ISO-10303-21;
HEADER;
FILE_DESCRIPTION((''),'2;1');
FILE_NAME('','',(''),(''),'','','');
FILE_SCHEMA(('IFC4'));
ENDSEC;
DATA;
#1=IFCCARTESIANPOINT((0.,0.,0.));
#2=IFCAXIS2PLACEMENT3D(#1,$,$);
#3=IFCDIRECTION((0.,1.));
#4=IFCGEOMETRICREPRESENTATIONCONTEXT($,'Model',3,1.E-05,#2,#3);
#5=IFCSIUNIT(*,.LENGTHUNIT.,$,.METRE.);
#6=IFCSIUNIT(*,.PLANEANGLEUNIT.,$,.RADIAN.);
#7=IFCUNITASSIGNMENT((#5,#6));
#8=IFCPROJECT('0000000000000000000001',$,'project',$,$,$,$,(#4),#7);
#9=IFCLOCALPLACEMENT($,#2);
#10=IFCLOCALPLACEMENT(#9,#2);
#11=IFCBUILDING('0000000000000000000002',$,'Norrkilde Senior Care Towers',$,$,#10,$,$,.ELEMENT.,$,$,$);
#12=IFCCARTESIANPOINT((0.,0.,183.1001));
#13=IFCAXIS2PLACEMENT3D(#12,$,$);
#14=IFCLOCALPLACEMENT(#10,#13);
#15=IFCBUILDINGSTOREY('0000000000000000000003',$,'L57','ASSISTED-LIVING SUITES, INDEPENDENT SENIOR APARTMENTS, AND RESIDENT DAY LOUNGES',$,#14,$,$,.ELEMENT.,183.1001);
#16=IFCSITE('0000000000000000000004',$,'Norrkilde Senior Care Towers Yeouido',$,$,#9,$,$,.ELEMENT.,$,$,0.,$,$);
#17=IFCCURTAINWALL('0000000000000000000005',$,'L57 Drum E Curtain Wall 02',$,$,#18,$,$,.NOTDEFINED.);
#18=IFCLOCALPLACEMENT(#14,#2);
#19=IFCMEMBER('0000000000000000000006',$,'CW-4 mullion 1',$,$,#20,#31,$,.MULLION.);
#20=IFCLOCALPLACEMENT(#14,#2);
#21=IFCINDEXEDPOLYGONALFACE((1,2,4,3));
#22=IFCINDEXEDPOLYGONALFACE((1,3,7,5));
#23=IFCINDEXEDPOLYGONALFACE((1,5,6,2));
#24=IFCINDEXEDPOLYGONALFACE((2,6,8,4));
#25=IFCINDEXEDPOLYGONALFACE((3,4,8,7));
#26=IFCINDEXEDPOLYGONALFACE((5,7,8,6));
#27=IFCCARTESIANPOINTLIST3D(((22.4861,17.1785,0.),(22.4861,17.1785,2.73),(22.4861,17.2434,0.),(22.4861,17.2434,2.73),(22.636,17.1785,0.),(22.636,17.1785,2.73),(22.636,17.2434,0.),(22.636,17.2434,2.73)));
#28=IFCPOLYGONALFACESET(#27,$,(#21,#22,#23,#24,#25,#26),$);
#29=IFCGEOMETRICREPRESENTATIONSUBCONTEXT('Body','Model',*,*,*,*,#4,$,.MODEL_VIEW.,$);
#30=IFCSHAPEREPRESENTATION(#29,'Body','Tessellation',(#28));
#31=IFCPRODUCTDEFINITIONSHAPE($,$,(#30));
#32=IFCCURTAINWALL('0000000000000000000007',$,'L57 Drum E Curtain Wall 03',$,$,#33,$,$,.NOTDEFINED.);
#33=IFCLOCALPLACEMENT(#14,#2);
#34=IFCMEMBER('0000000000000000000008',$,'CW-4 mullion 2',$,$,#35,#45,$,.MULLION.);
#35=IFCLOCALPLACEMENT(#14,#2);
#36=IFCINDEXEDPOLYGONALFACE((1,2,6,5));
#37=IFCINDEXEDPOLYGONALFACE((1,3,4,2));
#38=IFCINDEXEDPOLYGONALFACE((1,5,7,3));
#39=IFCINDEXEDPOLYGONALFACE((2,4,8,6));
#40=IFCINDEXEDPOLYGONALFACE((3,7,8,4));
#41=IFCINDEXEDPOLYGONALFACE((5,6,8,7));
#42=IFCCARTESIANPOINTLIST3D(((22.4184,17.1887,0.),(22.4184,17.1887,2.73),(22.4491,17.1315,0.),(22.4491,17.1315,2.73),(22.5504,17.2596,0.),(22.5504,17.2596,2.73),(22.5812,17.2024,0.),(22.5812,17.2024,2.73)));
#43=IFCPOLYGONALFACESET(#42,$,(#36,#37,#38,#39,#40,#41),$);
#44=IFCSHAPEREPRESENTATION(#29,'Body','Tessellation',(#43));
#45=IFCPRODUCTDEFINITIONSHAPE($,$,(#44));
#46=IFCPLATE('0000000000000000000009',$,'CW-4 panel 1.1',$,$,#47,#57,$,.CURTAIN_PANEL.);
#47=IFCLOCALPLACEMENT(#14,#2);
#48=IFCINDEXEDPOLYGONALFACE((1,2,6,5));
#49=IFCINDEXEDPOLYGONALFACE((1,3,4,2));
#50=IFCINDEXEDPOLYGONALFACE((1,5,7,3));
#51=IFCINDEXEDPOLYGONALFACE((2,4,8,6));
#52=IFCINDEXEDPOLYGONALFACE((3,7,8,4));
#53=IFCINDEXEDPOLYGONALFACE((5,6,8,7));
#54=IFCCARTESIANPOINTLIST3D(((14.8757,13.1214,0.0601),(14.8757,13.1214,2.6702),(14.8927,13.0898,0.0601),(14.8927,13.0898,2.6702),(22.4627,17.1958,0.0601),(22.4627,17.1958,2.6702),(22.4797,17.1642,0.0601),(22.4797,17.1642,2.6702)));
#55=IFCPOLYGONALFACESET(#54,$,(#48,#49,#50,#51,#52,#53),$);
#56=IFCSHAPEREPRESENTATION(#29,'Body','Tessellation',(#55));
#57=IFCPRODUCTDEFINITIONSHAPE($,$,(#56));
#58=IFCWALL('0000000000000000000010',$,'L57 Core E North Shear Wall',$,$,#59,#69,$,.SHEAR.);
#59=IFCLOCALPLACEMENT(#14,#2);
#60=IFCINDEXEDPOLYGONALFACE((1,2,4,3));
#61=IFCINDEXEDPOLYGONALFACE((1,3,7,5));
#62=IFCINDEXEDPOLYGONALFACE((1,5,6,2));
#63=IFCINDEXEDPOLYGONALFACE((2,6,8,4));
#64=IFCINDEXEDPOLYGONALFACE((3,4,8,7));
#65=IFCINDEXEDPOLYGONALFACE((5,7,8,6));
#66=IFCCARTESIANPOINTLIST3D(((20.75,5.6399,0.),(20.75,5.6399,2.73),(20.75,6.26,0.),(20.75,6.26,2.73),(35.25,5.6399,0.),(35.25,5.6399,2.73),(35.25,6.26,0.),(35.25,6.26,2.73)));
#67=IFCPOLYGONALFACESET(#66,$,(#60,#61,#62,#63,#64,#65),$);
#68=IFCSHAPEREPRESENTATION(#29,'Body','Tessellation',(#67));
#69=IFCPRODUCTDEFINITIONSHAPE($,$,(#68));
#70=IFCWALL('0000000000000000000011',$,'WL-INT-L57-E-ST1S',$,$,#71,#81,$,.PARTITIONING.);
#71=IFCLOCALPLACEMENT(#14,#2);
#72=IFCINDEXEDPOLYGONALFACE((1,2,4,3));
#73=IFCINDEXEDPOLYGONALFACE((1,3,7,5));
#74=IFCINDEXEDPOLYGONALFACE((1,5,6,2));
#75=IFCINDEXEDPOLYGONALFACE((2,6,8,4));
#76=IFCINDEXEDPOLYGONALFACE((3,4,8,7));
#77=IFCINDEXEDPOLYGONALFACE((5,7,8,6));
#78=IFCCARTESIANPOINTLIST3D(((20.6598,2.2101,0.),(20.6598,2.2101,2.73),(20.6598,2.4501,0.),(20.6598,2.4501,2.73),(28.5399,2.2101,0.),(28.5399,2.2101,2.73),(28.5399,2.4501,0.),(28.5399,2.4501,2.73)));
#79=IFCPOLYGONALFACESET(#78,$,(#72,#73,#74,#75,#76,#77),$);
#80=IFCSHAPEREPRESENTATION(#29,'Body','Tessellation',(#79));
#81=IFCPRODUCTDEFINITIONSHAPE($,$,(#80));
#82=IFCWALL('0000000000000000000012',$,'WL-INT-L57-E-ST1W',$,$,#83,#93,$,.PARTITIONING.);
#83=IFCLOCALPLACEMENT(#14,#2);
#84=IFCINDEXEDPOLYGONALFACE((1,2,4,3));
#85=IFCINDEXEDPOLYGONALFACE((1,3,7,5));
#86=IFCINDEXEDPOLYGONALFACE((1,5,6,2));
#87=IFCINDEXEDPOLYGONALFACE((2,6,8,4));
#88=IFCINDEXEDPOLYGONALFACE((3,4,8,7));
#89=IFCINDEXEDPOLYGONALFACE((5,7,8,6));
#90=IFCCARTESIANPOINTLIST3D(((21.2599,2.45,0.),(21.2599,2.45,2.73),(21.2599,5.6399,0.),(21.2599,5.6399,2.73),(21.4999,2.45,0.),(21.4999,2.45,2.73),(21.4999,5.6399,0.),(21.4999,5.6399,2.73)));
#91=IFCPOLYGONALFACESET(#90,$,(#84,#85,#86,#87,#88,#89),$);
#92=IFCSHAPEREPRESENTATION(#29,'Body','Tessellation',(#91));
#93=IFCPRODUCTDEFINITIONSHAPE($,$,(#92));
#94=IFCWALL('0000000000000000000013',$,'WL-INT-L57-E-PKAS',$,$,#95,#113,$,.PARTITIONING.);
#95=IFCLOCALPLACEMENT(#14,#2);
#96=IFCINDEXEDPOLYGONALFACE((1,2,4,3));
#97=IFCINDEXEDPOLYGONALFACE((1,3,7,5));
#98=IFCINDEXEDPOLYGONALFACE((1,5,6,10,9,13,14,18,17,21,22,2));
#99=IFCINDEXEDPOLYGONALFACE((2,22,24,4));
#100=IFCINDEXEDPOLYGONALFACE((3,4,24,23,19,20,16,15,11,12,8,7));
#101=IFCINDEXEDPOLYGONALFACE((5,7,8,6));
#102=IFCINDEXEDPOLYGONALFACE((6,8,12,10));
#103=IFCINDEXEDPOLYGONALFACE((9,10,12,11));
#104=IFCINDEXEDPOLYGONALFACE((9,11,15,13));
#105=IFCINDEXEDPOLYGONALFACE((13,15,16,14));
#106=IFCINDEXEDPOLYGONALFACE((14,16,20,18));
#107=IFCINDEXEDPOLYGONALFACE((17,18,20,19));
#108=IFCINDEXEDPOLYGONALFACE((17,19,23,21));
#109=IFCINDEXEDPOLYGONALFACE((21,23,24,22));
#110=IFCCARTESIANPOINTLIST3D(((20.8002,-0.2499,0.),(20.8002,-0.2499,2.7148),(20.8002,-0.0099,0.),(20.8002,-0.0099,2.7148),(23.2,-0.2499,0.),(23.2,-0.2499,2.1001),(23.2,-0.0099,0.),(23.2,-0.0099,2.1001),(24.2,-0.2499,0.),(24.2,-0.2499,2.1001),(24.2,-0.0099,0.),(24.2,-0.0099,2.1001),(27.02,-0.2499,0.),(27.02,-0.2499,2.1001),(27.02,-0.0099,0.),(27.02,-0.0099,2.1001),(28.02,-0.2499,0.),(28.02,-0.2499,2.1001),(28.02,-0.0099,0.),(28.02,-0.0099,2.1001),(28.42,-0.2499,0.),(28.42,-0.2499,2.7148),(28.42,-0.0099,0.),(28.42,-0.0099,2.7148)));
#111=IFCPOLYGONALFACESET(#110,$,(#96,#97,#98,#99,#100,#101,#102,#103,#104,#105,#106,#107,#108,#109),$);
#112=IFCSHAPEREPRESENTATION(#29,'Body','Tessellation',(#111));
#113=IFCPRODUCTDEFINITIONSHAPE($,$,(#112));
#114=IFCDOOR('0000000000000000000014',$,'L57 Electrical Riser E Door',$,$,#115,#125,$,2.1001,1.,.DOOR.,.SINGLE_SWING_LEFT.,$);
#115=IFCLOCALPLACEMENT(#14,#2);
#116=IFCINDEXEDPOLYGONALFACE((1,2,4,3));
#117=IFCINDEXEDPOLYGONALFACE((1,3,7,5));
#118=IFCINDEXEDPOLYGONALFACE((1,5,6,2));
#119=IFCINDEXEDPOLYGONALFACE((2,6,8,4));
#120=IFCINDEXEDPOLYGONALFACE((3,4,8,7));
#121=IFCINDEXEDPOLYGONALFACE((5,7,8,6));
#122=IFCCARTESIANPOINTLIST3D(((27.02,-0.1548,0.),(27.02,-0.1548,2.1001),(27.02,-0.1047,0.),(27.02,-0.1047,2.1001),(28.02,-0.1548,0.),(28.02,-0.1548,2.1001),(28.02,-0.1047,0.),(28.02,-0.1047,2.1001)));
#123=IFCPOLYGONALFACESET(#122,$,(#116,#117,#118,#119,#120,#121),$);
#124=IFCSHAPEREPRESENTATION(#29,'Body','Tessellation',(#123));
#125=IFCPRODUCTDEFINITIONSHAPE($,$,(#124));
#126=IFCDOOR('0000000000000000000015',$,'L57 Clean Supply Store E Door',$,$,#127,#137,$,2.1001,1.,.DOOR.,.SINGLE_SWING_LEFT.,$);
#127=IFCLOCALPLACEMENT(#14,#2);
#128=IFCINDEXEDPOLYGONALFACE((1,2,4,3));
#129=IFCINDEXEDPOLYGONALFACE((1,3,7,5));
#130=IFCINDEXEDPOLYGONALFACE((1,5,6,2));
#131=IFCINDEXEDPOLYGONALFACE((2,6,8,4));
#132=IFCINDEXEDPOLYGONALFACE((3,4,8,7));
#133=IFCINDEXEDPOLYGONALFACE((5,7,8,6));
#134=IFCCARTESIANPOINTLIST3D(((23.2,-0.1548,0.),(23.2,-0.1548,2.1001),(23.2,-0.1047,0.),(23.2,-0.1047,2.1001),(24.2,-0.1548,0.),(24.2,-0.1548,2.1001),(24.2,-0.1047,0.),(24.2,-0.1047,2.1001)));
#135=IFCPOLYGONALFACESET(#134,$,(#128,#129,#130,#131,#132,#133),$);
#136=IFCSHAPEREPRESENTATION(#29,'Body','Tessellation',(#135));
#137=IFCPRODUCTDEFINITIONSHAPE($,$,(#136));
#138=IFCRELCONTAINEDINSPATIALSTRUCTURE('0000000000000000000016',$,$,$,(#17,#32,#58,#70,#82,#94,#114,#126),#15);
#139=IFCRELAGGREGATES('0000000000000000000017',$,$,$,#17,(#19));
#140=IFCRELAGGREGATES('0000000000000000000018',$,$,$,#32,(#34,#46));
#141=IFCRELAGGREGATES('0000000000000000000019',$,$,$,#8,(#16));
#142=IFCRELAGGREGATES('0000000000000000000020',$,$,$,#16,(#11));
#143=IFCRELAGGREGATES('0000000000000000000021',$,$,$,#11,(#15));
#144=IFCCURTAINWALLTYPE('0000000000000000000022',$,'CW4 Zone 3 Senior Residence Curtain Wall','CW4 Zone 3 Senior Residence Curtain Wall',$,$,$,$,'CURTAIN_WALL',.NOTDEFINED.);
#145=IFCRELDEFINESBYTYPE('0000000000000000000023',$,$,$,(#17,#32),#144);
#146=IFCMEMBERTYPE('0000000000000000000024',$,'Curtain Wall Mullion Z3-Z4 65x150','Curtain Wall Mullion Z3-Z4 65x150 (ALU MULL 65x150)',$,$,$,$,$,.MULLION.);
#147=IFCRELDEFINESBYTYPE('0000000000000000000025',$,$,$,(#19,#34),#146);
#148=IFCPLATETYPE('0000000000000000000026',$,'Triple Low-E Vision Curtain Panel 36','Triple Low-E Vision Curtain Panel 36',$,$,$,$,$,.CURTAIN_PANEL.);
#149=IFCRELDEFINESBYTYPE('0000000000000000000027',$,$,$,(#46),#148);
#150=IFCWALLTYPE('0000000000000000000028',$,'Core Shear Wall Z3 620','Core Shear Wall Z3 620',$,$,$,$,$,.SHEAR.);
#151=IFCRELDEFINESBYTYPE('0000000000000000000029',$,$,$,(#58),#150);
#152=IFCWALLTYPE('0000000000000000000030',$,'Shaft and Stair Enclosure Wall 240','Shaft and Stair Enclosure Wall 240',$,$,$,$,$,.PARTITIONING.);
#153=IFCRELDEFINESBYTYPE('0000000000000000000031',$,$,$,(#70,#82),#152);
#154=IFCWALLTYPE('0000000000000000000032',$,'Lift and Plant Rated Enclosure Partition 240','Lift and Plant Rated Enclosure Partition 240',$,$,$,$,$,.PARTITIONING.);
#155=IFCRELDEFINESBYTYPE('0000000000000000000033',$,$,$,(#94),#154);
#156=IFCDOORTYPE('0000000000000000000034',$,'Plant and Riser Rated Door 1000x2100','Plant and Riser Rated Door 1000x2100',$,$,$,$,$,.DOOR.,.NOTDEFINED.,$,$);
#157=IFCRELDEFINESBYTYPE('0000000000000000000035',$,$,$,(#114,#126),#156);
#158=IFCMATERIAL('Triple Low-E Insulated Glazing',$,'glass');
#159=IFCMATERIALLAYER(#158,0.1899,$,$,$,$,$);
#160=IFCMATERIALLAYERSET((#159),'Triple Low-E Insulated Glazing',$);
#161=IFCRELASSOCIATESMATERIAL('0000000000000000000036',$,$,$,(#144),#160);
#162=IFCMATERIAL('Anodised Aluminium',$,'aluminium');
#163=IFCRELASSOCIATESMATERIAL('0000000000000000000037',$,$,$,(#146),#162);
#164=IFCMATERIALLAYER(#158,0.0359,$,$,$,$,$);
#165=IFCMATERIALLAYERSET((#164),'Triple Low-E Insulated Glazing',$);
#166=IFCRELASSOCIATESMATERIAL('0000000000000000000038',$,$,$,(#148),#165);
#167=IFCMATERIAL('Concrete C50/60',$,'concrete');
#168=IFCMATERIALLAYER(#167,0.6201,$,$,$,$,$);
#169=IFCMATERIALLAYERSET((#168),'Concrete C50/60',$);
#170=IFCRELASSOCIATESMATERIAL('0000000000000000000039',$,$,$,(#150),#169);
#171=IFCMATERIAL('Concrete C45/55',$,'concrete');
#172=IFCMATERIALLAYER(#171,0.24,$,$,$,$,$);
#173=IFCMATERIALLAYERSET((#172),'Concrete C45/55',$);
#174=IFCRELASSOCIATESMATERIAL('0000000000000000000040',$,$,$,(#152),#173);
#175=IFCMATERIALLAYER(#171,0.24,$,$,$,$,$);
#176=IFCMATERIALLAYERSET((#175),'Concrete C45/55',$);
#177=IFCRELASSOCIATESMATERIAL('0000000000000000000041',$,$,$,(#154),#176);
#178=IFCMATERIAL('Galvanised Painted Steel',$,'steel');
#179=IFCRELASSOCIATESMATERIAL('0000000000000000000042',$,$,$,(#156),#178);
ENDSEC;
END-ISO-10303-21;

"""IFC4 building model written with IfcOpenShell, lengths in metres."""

from ifc_helpers import new_model, si_unit, direction, frame, frame_2d, origin, origin_2d, place, context, subcontext, project, spatial, rectangle, extrude, source, transform, mapped, material, layer, layer_set, material_profile, profile_set, type_object, type_shapes, element, fill, aggregate, save


model = new_model("IFC4")

# Units and contexts
model_context = context("Model", 3, precision=1e-05, world=origin(), true_north=direction((0.0, 1.0)))
body_context = subcontext(model_context, "Body", "Model", "MODEL_VIEW")
ifc_project = project(units=[si_unit("LENGTHUNIT", "METRE"), si_unit("PLANEANGLEUNIT", "RADIAN")], contexts=[model_context])

# Site, building, storey
site_placement = place(None, origin())
site = spatial("IfcSite", under=ifc_project, at=site_placement, Name="Norrkilde Senior Care Towers Yeouido", CompositionType="ELEMENT", RefElevation=0.0)
building_placement = place(site_placement, origin())
building = spatial("IfcBuilding", under=site, at=building_placement, Name="Norrkilde Senior Care Towers", CompositionType="ELEMENT")
storey_placement = place(building_placement, frame((0.0, 0.0, 183.1001)))
storey = spatial("IfcBuildingStorey", under=building, at=storey_placement, Name="L57", Description="ASSISTED-LIVING SUITES, INDEPENDENT SENIOR APARTMENTS, AND RESIDENT DAY LOUNGES", CompositionType="ELEMENT", Elevation=183.1001)

# Shared definitions
ifc_material_1 = material(Name="Concrete C50/60", Category="concrete")

# Curtain wall, member
ifc_material_2 = material(Name="Triple Low-E Insulated Glazing", Category="glass")
ifc_layer_1 = layer(ifc_material_2, 0.1899)
ifc_layer_set_1 = layer_set([ifc_layer_1], Name="Triple Low-E Insulated Glazing")
curtain_wall_type = type_object("IfcCurtainWallType", Name="CW4 Zone 3 Senior Residence Curtain Wall", Description="CW4 Zone 3 Senior Residence Curtain Wall", ElementType="CURTAIN_WALL", PredefinedType="NOTDEFINED", material=ifc_layer_set_1)
curtain_wall_1_placement = place(storey_placement, origin())
curtain_wall_1 = element("IfcCurtainWall", 1, at=curtain_wall_1_placement, inside=storey, type_object=curtain_wall_type, Name="L57 Drum E Curtain Wall 02", PredefinedType="NOTDEFINED")
ifc_material_3 = material(Name="Anodised Aluminium", Category="aluminium")
ifc_material_profile_1 = material_profile(ifc_material_3, rectangle(XDim=0.0649, YDim=0.1499, at=origin_2d()), Name="ALU MULL 65x150")
ifc_profile_set_1 = profile_set([ifc_material_profile_1], Name="Anodised Aluminium")
member_type_1 = type_object("IfcMemberType", Name="Curtain Wall Mullion Z3-Z4 65x150", Description="Curtain Wall Mullion Z3-Z4 65x150 (ALU MULL 65x150)", PredefinedType="MULLION", material=ifc_profile_set_1)
shared_shape_1 = source(origin(), body_context, "Body", "SweptSolid", [
    extrude(rectangle(XDim=0.0649, YDim=0.1499, at=origin_2d()), origin(), (0.0, 0.0, 1.0), 2.73),
])
type_shapes(member_type_1, [shared_shape_1])
member_1_placement = place(storey_placement, frame((22.561, 17.2109, 0.0), z_axis=(0.0, 0.0, 1.0), x_axis=(0.0, 1.0, 0.0)))
member_1 = element("IfcMember", 2, at=member_1_placement, type_object=member_type_1, Name="CW-4 mullion 1", PredefinedType="MULLION", context=body_context, shape_type="MappedRepresentation", body=[
    mapped(shared_shape_1, transform((0.0, 0.0, 0.0), x_axis=(1.0, 0.0, 0.0), y_axis=(0.0, 1.0, 0.0), z_axis=(0.0, 0.0, 1.0), scale=1.0)),
])
aggregate(curtain_wall_1, [member_1])

# Curtain wall, member, plate
curtain_wall_2_placement = place(storey_placement, origin())
curtain_wall_2 = element("IfcCurtainWall", 3, at=curtain_wall_2_placement, inside=storey, type_object=curtain_wall_type, Name="L57 Drum E Curtain Wall 03", PredefinedType="NOTDEFINED")
member_2_placement = place(storey_placement, frame((22.4998, 17.1956, 0.0), z_axis=(0.0, 0.0, 1.0), x_axis=(-0.473117, 0.881, 0.0)))
member_2 = element("IfcMember", 4, at=member_2_placement, type_object=member_type_1, Name="CW-4 mullion 2", PredefinedType="MULLION", context=body_context, shape_type="MappedRepresentation", body=[
    mapped(shared_shape_1, transform((0.0, 0.0, 0.0), x_axis=(1.0, 0.0, 0.0), y_axis=(0.0, 1.0, 0.0), z_axis=(0.0, 0.0, 1.0), scale=1.0)),
])
ifc_layer_2 = layer(ifc_material_2, 0.0359)
ifc_layer_set_2 = layer_set([ifc_layer_2], Name="Triple Low-E Insulated Glazing")
plate_type = type_object("IfcPlateType", Name="Triple Low-E Vision Curtain Panel 36", Description="Triple Low-E Vision Curtain Panel 36", PredefinedType="CURTAIN_PANEL", material=ifc_layer_set_2)
shared_shape_2 = source(origin(), body_context, "Body", "SweptSolid", [
    extrude(rectangle(XDim=8.6118, YDim=0.0359, at=origin_2d()), origin(), (0.0, 0.0, 1.0), 2.6101),
])
type_shapes(plate_type, [shared_shape_2])
plate_placement = place(storey_placement, frame((18.6777, 15.1428, 0.0601), z_axis=(0.0, 0.0, 1.0), x_axis=(0.881, 0.473117, 0.0)))
plate = element("IfcPlate", 5, at=plate_placement, type_object=plate_type, Name="CW-4 panel 1.1", PredefinedType="CURTAIN_PANEL", context=body_context, shape_type="MappedRepresentation", body=[
    mapped(shared_shape_2, transform((0.0, 0.0, 0.0), x_axis=(1.0, 0.0, 0.0), y_axis=(0.0, 1.0, 0.0), z_axis=(0.0, 0.0, 1.0), scale=1.0)),
])
aggregate(curtain_wall_2, [member_2, plate])

# Walls
ifc_layer_3 = layer(ifc_material_1, 0.6201)
ifc_layer_set_3 = layer_set([ifc_layer_3], Name="Concrete C50/60")
wall_type_1 = type_object("IfcWallType", Name="Core Shear Wall Z3 620", Description="Core Shear Wall Z3 620", PredefinedType="SHEAR", material=ifc_layer_set_3)
shared_shape_3 = source(origin(), body_context, "Body", "SweptSolid", [
    extrude(rectangle(XDim=14.5, YDim=0.6201, at=frame_2d((7.25, 0.0))), origin(), (0.0, 0.0, 1.0), 2.73),
])
type_shapes(wall_type_1, [shared_shape_3])
wall_1_placement = place(storey_placement, frame((20.75, 5.95, 0.0), z_axis=(0.0, 0.0, 1.0), x_axis=(1.0, 0.0, 0.0)))
element("IfcWall", 6, at=wall_1_placement, inside=storey, type_object=wall_type_1, Name="L57 Core E North Shear Wall", PredefinedType="SHEAR", context=body_context, shape_type="MappedRepresentation", body=[
    mapped(shared_shape_3, transform((0.0, 0.0, 0.0), x_axis=(1.0, 0.0, 0.0), y_axis=(0.0, 1.0, 0.0), z_axis=(0.0, 0.0, 1.0), scale=1.0)),
])
ifc_material_4 = material(Name="Concrete C45/55", Category="concrete")
ifc_layer_4 = layer(ifc_material_4, 0.24)
ifc_layer_set_4 = layer_set([ifc_layer_4], Name="Concrete C45/55")
wall_type_2 = type_object("IfcWallType", Name="Shaft and Stair Enclosure Wall 240", Description="Shaft and Stair Enclosure Wall 240", PredefinedType="PARTITIONING", material=ifc_layer_set_4)
shared_shape_4 = source(origin(), body_context, "Body", "SweptSolid", [
    extrude(rectangle(XDim=7.8801, YDim=0.24, at=frame_2d((3.9399, 0.0))), origin(), (0.0, 0.0, 1.0), 2.73),
])
wall_2_placement = place(storey_placement, frame((20.6599, 2.3301, 0.0), z_axis=(0.0, 0.0, 1.0), x_axis=(1.0, 0.0, 0.0)))
element("IfcWall", 7, at=wall_2_placement, inside=storey, type_object=wall_type_2, Name="WL-INT-L57-E-ST1S", PredefinedType="PARTITIONING", context=body_context, shape_type="MappedRepresentation", body=[
    mapped(shared_shape_4, transform((0.0, 0.0, 0.0), x_axis=(1.0, 0.0, 0.0), y_axis=(0.0, 1.0, 0.0), z_axis=(0.0, 0.0, 1.0), scale=1.0)),
])
shared_shape_5 = source(origin(), body_context, "Body", "SweptSolid", [
    extrude(rectangle(XDim=3.1899, YDim=0.24, at=frame_2d((1.595, 0.0))), origin(), (0.0, 0.0, 1.0), 2.73),
])
type_shapes(wall_type_2, [shared_shape_4, shared_shape_5])
wall_3_placement = place(storey_placement, frame((21.3799, 2.45, 0.0), z_axis=(0.0, 0.0, 1.0), x_axis=(0.0, 1.0, 0.0)))
element("IfcWall", 8, at=wall_3_placement, inside=storey, type_object=wall_type_2, Name="WL-INT-L57-E-ST1W", PredefinedType="PARTITIONING", context=body_context, shape_type="MappedRepresentation", body=[
    mapped(shared_shape_5, transform((0.0, 0.0, 0.0), x_axis=(1.0, 0.0, 0.0), y_axis=(0.0, 1.0, 0.0), z_axis=(0.0, 0.0, 1.0), scale=1.0)),
])

# Wall, openings, doors
ifc_layer_5 = layer(ifc_material_4, 0.24)
ifc_layer_set_5 = layer_set([ifc_layer_5], Name="Concrete C45/55")
wall_type_3 = type_object("IfcWallType", Name="Lift and Plant Rated Enclosure Partition 240", Description="Lift and Plant Rated Enclosure Partition 240", PredefinedType="PARTITIONING", material=ifc_layer_set_5)
shared_shape_6 = source(origin(), body_context, "Body", "SweptSolid", [
    extrude(rectangle(XDim=7.6199, YDim=0.24, at=frame_2d((3.8101, 0.0))), origin(), (0.0, 0.0, 1.0), 2.7148),
])
type_shapes(wall_type_3, [shared_shape_6])
wall_4_placement = place(storey_placement, frame((20.8, -0.1299, 0.0), z_axis=(0.0, 0.0, 1.0), x_axis=(1.0, 0.0, 0.0)))
wall_4 = element("IfcWall", 9, at=wall_4_placement, inside=storey, type_object=wall_type_3, Name="WL-INT-L57-E-PKAS", PredefinedType="PARTITIONING", context=body_context, shape_type="MappedRepresentation", body=[
    mapped(shared_shape_6, transform((0.0, 0.0, 0.0), x_axis=(1.0, 0.0, 0.0), y_axis=(0.0, 1.0, 0.0), z_axis=(0.0, 0.0, 1.0), scale=1.0)),
])
opening_1_placement = place(wall_4_placement, frame((6.22, 0.0, 0.0)))
opening_1 = element("IfcOpeningElement", 10, at=opening_1_placement, cuts=wall_4, PredefinedType="OPENING", context=body_context, shape_type="SweptSolid", body=[
    extrude(rectangle(XDim=1.0, YDim=2.1001, at=frame_2d((0.5, 1.05))), frame((0.0, 0.1299, 0.0), z_axis=(0.0, -1.0, 0.0), x_axis=(1.0, 0.0, 0.0)), (0.0, 0.0, 1.0), 0.26),
])
opening_2_placement = place(wall_4_placement, frame((2.3999, 0.0, 0.0)))
opening_2 = element("IfcOpeningElement", 11, at=opening_2_placement, cuts=wall_4, PredefinedType="OPENING", context=body_context, shape_type="SweptSolid", body=[
    extrude(rectangle(XDim=1.0, YDim=2.1001, at=frame_2d((0.5, 1.05))), frame((0.0, 0.1299, 0.0), z_axis=(0.0, -1.0, 0.0), x_axis=(1.0, 0.0, 0.0)), (0.0, 0.0, 1.0), 0.26),
])
ifc_material_5 = material(Name="Galvanised Painted Steel", Category="steel")
door_type_1 = type_object("IfcDoorType", Name="Plant and Riser Rated Door 1000x2100", Description="Plant and Riser Rated Door 1000x2100", OperationType="NOTDEFINED", PredefinedType="DOOR", material=ifc_material_5)
shared_shape_7 = source(origin(), body_context, "Body", "SweptSolid", [
    extrude(rectangle(XDim=1.0, YDim=2.1001, at=frame_2d((0.5, 1.05))), frame((0.0, 0.0249, 0.0), z_axis=(0.0, -1.0, 0.0), x_axis=(1.0, 0.0, 0.0)), (0.0, 0.0, 1.0), 0.05),
])
type_shapes(door_type_1, [shared_shape_7])
door_1_placement = place(opening_1_placement, frame((1.0, 0.0, 0.0), z_axis=(0.0, 0.0, 1.0), x_axis=(-1.0, 0.0, 0.0)))
door_1 = element("IfcDoor", 12, at=door_1_placement, inside=storey, type_object=door_type_1, Name="L57 Electrical Riser E Door", OperationType="SINGLE_SWING_LEFT", OverallHeight=2.1001, OverallWidth=1.0, PredefinedType="DOOR", context=body_context, shape_type="MappedRepresentation", body=[
    mapped(shared_shape_7, transform((0.0, 0.0, 0.0), x_axis=(1.0, 0.0, 0.0), y_axis=(0.0, 1.0, 0.0), z_axis=(0.0, 0.0, 1.0), scale=1.0)),
])
fill(opening_1, door_1)
door_2_placement = place(opening_2_placement, frame((1.0, 0.0, 0.0), z_axis=(0.0, 0.0, 1.0), x_axis=(-1.0, 0.0, 0.0)))
door_2 = element("IfcDoor", 13, at=door_2_placement, inside=storey, type_object=door_type_1, Name="L57 Clean Supply Store E Door", OperationType="SINGLE_SWING_LEFT", OverallHeight=2.1001, OverallWidth=1.0, PredefinedType="DOOR", context=body_context, shape_type="MappedRepresentation", body=[
    mapped(shared_shape_7, transform((0.0, 0.0, 0.0), x_axis=(1.0, 0.0, 0.0), y_axis=(0.0, 1.0, 0.0), z_axis=(0.0, 0.0, 1.0), scale=1.0)),
])
fill(opening_2, door_2)

save(model, "model.ifc")
